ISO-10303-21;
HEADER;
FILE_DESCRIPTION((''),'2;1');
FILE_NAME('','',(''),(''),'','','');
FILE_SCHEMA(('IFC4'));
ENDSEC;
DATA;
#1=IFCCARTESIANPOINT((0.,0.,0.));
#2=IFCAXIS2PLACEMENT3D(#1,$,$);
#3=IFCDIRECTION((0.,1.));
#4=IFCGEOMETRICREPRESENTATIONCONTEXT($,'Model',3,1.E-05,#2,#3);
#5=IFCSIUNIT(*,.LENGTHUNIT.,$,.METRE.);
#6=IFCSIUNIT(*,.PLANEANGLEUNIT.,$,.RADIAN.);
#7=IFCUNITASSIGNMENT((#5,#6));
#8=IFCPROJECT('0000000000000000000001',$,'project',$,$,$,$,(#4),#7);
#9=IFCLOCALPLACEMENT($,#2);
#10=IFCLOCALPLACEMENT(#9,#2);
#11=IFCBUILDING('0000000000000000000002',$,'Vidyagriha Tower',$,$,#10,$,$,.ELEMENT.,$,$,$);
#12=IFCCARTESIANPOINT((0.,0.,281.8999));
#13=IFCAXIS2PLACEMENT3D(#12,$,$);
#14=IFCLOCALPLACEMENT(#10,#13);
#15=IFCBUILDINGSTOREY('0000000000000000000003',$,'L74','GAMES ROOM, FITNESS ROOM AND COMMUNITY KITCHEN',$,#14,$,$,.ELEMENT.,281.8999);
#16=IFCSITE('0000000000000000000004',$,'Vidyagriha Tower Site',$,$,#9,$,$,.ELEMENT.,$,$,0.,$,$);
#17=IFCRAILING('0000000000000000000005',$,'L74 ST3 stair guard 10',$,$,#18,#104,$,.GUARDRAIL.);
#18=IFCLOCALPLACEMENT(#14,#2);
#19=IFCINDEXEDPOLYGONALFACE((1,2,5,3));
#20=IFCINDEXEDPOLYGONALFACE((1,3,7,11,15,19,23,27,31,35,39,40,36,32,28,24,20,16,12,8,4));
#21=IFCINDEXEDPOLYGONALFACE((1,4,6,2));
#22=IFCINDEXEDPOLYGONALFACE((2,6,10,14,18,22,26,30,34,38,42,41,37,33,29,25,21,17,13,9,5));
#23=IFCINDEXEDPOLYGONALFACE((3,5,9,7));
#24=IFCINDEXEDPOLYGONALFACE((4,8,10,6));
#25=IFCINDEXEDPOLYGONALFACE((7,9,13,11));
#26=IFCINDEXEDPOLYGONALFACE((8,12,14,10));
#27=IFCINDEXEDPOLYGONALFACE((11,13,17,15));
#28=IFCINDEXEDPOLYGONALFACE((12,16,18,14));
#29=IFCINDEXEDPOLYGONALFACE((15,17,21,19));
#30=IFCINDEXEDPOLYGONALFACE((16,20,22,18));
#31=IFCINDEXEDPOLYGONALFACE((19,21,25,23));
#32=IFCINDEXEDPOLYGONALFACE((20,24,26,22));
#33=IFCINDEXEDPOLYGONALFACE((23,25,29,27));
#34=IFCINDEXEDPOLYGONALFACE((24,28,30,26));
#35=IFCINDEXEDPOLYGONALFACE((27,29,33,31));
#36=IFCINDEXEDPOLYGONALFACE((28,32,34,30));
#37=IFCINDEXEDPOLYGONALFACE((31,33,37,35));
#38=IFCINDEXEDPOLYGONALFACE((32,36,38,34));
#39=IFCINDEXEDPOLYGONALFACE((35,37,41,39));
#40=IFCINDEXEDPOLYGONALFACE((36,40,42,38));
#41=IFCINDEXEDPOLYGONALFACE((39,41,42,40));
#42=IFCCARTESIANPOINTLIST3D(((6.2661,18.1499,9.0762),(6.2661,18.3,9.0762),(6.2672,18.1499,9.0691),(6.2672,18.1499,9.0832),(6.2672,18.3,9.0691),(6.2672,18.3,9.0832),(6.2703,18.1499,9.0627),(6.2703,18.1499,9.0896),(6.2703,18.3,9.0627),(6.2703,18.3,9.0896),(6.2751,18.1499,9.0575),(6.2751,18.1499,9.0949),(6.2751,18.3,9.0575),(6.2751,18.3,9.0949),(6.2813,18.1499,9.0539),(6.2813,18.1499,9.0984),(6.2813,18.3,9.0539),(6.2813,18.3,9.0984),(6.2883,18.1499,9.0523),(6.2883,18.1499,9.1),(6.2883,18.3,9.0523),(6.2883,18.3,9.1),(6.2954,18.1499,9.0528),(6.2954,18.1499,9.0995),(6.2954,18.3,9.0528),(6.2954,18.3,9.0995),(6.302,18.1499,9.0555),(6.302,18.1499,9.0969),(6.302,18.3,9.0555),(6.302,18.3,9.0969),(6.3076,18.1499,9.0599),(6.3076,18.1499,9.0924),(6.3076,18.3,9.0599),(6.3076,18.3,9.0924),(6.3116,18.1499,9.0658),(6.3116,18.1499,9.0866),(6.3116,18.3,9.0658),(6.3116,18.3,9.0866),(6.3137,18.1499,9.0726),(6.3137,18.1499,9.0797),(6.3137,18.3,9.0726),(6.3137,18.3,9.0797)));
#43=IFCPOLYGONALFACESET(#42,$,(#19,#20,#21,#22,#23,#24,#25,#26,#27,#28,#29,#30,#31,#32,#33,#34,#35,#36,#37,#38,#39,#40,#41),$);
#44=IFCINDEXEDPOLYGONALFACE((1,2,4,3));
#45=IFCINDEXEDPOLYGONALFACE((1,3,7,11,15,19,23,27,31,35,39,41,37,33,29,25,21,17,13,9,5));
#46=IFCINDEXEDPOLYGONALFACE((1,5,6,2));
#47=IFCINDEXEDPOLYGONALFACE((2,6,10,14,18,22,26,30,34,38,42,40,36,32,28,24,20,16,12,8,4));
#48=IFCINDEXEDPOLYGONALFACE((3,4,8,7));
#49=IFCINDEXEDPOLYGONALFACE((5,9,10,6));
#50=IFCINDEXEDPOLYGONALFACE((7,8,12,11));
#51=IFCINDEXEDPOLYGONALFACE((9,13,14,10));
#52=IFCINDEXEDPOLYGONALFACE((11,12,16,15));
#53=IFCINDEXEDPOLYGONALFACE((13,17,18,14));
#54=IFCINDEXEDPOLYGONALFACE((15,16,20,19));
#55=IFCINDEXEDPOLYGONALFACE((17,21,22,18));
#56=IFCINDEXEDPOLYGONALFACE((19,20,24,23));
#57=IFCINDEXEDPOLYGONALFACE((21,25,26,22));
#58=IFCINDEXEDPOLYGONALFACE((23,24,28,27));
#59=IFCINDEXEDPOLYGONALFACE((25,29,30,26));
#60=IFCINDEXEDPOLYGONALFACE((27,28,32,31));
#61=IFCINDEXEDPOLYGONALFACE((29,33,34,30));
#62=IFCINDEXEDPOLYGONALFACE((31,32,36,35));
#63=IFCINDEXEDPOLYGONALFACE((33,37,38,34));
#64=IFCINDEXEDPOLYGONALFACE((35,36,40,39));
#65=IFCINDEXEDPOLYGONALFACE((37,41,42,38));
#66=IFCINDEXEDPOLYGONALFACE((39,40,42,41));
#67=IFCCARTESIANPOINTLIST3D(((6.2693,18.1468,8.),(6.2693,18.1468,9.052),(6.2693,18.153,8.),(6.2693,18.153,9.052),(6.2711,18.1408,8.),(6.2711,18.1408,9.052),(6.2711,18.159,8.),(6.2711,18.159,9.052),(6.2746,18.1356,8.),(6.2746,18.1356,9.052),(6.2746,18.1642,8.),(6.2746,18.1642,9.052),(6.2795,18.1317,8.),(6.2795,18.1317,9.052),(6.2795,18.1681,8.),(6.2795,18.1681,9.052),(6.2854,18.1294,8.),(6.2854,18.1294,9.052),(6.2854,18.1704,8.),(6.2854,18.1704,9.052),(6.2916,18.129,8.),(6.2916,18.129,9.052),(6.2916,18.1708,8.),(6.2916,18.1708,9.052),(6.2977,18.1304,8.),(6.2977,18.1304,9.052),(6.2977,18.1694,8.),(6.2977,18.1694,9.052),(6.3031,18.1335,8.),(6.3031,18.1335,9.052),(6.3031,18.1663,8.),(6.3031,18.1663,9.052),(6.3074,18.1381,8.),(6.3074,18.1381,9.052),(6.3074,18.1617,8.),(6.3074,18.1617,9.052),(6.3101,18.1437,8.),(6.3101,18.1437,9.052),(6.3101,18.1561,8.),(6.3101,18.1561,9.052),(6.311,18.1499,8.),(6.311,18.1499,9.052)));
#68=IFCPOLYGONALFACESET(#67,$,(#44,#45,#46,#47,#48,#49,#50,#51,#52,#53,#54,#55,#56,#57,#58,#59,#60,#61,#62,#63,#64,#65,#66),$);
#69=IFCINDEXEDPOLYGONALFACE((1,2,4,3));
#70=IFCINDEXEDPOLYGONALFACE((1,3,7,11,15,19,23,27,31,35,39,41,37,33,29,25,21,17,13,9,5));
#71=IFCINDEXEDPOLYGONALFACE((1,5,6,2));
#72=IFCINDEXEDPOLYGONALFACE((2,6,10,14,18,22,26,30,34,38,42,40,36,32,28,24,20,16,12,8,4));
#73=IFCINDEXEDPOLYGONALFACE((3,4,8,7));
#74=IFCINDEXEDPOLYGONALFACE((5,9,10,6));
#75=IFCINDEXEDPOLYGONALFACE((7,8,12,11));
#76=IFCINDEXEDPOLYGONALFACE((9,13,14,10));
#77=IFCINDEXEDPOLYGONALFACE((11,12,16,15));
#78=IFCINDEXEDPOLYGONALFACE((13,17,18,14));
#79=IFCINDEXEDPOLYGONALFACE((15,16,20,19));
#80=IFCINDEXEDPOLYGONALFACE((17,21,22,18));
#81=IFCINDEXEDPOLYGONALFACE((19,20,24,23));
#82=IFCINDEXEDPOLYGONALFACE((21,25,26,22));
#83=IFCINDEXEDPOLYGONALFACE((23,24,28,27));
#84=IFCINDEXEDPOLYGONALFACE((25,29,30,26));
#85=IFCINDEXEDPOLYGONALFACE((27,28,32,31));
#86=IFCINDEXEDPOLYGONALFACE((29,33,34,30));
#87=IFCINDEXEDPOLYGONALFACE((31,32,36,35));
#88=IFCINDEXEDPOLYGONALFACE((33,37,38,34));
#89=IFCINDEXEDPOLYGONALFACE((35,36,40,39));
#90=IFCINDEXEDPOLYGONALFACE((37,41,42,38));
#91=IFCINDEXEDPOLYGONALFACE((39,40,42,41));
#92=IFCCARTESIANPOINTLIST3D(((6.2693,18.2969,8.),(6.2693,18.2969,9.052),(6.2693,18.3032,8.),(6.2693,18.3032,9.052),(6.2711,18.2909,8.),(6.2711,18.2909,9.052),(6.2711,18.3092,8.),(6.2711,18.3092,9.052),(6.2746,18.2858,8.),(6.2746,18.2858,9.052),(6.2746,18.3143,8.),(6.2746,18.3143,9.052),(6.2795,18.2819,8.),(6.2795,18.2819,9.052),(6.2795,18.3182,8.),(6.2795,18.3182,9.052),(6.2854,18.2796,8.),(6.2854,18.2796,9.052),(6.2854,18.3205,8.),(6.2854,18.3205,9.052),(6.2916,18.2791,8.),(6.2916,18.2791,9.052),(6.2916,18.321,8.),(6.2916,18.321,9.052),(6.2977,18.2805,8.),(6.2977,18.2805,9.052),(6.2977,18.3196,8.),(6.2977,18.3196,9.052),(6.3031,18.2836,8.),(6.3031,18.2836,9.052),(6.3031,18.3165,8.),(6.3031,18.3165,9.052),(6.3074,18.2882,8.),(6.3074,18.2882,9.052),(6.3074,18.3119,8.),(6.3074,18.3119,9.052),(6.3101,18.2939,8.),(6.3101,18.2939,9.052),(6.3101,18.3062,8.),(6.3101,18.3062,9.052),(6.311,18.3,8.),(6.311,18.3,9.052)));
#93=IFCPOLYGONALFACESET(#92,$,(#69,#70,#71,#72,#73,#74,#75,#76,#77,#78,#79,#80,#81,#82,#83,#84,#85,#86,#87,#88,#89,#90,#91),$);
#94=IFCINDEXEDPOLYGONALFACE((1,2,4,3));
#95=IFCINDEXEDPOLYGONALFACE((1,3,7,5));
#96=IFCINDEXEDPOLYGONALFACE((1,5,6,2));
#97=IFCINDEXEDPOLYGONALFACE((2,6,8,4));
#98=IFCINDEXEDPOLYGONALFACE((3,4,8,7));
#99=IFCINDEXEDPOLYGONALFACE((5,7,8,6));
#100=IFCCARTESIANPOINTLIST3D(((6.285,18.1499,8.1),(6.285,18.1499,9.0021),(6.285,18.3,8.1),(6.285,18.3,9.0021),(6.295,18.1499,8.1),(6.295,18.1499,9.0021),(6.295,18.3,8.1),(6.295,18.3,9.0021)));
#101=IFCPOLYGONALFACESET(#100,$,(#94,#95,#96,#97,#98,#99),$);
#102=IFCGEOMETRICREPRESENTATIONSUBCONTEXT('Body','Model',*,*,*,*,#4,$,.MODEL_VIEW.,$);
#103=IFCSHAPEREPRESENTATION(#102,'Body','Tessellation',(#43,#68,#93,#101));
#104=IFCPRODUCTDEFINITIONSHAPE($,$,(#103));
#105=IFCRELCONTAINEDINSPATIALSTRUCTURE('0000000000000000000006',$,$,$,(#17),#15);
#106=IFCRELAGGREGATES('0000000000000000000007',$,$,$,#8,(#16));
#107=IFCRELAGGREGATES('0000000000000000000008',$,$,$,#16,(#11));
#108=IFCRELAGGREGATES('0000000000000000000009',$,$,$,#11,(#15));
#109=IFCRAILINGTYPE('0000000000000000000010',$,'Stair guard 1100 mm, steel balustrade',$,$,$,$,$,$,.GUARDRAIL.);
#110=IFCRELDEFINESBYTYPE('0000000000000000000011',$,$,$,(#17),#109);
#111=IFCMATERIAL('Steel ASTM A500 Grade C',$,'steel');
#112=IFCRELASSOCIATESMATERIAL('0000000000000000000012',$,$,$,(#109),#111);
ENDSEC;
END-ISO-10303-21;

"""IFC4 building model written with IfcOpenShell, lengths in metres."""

from ifc_helpers import new_model, si_unit, direction, frame, origin, origin_2d, place, context, subcontext, project, spatial, rectangle, circle, extrude, material, type_object, element, save


model = new_model("IFC4")

# Units and contexts
model_context = context("Model", 3, precision=1e-05, world=origin(), true_north=direction((0.0, 1.0)))
body_context = subcontext(model_context, "Body", "Model", "MODEL_VIEW")
ifc_project = project(units=[si_unit("LENGTHUNIT", "METRE"), si_unit("PLANEANGLEUNIT", "RADIAN")], contexts=[model_context])

# Site, building, storey
site_placement = place(None, origin())
site = spatial("IfcSite", under=ifc_project, at=site_placement, Name="Vidyagriha Tower Site", CompositionType="ELEMENT", RefElevation=0.0)
building_placement = place(site_placement, origin())
building = spatial("IfcBuilding", under=site, at=building_placement, Name="Vidyagriha Tower", CompositionType="ELEMENT")
storey_placement = place(building_placement, frame((0.0, 0.0, 281.8999)))
storey = spatial("IfcBuildingStorey", under=building, at=storey_placement, Name="L74", Description="GAMES ROOM, FITNESS ROOM AND COMMUNITY KITCHEN", CompositionType="ELEMENT", Elevation=281.8999)

# Railing
ifc_material_1 = material(Name="Steel ASTM A500 Grade C", Category="steel")
railing_type_1 = type_object("IfcRailingType", Name="Stair guard 1100 mm, steel balustrade", PredefinedType="GUARDRAIL", material=ifc_material_1)
railing_1_placement = place(storey_placement, frame((6.29, 18.1499, 8.0)))
element("IfcRailing", 1, at=railing_1_placement, inside=storey, type_object=railing_type_1, Name="L74 ST3 stair guard 10", PredefinedType="GUARDRAIL", context=body_context, shape_type="SweptSolid", body=[
    extrude(circle(Radius=0.0239, at=origin_2d()), frame((0.0, 0.0, 1.0762), z_axis=(0.0, 1.0, 0.0), x_axis=(-1.0, 0.0, 0.0)), (0.0, 0.0, 1.0), 0.1501),
    extrude(circle(Radius=0.021, at=origin_2d()), origin(), (0.0, 0.0, 1.0), 1.052),
    extrude(circle(Radius=0.021, at=origin_2d()), frame((0.0, 0.1501, 0.0)), (0.0, 0.0, 1.0), 1.052),
    extrude(rectangle(XDim=0.01, YDim=0.9021, at=origin_2d()), frame((0.0, 0.0, 0.551), z_axis=(0.0, 1.0, 0.0), x_axis=(-1.0, 0.0, 0.0)), (0.0, 0.0, 1.0), 0.1501),
])

save(model, "model.ifc")
